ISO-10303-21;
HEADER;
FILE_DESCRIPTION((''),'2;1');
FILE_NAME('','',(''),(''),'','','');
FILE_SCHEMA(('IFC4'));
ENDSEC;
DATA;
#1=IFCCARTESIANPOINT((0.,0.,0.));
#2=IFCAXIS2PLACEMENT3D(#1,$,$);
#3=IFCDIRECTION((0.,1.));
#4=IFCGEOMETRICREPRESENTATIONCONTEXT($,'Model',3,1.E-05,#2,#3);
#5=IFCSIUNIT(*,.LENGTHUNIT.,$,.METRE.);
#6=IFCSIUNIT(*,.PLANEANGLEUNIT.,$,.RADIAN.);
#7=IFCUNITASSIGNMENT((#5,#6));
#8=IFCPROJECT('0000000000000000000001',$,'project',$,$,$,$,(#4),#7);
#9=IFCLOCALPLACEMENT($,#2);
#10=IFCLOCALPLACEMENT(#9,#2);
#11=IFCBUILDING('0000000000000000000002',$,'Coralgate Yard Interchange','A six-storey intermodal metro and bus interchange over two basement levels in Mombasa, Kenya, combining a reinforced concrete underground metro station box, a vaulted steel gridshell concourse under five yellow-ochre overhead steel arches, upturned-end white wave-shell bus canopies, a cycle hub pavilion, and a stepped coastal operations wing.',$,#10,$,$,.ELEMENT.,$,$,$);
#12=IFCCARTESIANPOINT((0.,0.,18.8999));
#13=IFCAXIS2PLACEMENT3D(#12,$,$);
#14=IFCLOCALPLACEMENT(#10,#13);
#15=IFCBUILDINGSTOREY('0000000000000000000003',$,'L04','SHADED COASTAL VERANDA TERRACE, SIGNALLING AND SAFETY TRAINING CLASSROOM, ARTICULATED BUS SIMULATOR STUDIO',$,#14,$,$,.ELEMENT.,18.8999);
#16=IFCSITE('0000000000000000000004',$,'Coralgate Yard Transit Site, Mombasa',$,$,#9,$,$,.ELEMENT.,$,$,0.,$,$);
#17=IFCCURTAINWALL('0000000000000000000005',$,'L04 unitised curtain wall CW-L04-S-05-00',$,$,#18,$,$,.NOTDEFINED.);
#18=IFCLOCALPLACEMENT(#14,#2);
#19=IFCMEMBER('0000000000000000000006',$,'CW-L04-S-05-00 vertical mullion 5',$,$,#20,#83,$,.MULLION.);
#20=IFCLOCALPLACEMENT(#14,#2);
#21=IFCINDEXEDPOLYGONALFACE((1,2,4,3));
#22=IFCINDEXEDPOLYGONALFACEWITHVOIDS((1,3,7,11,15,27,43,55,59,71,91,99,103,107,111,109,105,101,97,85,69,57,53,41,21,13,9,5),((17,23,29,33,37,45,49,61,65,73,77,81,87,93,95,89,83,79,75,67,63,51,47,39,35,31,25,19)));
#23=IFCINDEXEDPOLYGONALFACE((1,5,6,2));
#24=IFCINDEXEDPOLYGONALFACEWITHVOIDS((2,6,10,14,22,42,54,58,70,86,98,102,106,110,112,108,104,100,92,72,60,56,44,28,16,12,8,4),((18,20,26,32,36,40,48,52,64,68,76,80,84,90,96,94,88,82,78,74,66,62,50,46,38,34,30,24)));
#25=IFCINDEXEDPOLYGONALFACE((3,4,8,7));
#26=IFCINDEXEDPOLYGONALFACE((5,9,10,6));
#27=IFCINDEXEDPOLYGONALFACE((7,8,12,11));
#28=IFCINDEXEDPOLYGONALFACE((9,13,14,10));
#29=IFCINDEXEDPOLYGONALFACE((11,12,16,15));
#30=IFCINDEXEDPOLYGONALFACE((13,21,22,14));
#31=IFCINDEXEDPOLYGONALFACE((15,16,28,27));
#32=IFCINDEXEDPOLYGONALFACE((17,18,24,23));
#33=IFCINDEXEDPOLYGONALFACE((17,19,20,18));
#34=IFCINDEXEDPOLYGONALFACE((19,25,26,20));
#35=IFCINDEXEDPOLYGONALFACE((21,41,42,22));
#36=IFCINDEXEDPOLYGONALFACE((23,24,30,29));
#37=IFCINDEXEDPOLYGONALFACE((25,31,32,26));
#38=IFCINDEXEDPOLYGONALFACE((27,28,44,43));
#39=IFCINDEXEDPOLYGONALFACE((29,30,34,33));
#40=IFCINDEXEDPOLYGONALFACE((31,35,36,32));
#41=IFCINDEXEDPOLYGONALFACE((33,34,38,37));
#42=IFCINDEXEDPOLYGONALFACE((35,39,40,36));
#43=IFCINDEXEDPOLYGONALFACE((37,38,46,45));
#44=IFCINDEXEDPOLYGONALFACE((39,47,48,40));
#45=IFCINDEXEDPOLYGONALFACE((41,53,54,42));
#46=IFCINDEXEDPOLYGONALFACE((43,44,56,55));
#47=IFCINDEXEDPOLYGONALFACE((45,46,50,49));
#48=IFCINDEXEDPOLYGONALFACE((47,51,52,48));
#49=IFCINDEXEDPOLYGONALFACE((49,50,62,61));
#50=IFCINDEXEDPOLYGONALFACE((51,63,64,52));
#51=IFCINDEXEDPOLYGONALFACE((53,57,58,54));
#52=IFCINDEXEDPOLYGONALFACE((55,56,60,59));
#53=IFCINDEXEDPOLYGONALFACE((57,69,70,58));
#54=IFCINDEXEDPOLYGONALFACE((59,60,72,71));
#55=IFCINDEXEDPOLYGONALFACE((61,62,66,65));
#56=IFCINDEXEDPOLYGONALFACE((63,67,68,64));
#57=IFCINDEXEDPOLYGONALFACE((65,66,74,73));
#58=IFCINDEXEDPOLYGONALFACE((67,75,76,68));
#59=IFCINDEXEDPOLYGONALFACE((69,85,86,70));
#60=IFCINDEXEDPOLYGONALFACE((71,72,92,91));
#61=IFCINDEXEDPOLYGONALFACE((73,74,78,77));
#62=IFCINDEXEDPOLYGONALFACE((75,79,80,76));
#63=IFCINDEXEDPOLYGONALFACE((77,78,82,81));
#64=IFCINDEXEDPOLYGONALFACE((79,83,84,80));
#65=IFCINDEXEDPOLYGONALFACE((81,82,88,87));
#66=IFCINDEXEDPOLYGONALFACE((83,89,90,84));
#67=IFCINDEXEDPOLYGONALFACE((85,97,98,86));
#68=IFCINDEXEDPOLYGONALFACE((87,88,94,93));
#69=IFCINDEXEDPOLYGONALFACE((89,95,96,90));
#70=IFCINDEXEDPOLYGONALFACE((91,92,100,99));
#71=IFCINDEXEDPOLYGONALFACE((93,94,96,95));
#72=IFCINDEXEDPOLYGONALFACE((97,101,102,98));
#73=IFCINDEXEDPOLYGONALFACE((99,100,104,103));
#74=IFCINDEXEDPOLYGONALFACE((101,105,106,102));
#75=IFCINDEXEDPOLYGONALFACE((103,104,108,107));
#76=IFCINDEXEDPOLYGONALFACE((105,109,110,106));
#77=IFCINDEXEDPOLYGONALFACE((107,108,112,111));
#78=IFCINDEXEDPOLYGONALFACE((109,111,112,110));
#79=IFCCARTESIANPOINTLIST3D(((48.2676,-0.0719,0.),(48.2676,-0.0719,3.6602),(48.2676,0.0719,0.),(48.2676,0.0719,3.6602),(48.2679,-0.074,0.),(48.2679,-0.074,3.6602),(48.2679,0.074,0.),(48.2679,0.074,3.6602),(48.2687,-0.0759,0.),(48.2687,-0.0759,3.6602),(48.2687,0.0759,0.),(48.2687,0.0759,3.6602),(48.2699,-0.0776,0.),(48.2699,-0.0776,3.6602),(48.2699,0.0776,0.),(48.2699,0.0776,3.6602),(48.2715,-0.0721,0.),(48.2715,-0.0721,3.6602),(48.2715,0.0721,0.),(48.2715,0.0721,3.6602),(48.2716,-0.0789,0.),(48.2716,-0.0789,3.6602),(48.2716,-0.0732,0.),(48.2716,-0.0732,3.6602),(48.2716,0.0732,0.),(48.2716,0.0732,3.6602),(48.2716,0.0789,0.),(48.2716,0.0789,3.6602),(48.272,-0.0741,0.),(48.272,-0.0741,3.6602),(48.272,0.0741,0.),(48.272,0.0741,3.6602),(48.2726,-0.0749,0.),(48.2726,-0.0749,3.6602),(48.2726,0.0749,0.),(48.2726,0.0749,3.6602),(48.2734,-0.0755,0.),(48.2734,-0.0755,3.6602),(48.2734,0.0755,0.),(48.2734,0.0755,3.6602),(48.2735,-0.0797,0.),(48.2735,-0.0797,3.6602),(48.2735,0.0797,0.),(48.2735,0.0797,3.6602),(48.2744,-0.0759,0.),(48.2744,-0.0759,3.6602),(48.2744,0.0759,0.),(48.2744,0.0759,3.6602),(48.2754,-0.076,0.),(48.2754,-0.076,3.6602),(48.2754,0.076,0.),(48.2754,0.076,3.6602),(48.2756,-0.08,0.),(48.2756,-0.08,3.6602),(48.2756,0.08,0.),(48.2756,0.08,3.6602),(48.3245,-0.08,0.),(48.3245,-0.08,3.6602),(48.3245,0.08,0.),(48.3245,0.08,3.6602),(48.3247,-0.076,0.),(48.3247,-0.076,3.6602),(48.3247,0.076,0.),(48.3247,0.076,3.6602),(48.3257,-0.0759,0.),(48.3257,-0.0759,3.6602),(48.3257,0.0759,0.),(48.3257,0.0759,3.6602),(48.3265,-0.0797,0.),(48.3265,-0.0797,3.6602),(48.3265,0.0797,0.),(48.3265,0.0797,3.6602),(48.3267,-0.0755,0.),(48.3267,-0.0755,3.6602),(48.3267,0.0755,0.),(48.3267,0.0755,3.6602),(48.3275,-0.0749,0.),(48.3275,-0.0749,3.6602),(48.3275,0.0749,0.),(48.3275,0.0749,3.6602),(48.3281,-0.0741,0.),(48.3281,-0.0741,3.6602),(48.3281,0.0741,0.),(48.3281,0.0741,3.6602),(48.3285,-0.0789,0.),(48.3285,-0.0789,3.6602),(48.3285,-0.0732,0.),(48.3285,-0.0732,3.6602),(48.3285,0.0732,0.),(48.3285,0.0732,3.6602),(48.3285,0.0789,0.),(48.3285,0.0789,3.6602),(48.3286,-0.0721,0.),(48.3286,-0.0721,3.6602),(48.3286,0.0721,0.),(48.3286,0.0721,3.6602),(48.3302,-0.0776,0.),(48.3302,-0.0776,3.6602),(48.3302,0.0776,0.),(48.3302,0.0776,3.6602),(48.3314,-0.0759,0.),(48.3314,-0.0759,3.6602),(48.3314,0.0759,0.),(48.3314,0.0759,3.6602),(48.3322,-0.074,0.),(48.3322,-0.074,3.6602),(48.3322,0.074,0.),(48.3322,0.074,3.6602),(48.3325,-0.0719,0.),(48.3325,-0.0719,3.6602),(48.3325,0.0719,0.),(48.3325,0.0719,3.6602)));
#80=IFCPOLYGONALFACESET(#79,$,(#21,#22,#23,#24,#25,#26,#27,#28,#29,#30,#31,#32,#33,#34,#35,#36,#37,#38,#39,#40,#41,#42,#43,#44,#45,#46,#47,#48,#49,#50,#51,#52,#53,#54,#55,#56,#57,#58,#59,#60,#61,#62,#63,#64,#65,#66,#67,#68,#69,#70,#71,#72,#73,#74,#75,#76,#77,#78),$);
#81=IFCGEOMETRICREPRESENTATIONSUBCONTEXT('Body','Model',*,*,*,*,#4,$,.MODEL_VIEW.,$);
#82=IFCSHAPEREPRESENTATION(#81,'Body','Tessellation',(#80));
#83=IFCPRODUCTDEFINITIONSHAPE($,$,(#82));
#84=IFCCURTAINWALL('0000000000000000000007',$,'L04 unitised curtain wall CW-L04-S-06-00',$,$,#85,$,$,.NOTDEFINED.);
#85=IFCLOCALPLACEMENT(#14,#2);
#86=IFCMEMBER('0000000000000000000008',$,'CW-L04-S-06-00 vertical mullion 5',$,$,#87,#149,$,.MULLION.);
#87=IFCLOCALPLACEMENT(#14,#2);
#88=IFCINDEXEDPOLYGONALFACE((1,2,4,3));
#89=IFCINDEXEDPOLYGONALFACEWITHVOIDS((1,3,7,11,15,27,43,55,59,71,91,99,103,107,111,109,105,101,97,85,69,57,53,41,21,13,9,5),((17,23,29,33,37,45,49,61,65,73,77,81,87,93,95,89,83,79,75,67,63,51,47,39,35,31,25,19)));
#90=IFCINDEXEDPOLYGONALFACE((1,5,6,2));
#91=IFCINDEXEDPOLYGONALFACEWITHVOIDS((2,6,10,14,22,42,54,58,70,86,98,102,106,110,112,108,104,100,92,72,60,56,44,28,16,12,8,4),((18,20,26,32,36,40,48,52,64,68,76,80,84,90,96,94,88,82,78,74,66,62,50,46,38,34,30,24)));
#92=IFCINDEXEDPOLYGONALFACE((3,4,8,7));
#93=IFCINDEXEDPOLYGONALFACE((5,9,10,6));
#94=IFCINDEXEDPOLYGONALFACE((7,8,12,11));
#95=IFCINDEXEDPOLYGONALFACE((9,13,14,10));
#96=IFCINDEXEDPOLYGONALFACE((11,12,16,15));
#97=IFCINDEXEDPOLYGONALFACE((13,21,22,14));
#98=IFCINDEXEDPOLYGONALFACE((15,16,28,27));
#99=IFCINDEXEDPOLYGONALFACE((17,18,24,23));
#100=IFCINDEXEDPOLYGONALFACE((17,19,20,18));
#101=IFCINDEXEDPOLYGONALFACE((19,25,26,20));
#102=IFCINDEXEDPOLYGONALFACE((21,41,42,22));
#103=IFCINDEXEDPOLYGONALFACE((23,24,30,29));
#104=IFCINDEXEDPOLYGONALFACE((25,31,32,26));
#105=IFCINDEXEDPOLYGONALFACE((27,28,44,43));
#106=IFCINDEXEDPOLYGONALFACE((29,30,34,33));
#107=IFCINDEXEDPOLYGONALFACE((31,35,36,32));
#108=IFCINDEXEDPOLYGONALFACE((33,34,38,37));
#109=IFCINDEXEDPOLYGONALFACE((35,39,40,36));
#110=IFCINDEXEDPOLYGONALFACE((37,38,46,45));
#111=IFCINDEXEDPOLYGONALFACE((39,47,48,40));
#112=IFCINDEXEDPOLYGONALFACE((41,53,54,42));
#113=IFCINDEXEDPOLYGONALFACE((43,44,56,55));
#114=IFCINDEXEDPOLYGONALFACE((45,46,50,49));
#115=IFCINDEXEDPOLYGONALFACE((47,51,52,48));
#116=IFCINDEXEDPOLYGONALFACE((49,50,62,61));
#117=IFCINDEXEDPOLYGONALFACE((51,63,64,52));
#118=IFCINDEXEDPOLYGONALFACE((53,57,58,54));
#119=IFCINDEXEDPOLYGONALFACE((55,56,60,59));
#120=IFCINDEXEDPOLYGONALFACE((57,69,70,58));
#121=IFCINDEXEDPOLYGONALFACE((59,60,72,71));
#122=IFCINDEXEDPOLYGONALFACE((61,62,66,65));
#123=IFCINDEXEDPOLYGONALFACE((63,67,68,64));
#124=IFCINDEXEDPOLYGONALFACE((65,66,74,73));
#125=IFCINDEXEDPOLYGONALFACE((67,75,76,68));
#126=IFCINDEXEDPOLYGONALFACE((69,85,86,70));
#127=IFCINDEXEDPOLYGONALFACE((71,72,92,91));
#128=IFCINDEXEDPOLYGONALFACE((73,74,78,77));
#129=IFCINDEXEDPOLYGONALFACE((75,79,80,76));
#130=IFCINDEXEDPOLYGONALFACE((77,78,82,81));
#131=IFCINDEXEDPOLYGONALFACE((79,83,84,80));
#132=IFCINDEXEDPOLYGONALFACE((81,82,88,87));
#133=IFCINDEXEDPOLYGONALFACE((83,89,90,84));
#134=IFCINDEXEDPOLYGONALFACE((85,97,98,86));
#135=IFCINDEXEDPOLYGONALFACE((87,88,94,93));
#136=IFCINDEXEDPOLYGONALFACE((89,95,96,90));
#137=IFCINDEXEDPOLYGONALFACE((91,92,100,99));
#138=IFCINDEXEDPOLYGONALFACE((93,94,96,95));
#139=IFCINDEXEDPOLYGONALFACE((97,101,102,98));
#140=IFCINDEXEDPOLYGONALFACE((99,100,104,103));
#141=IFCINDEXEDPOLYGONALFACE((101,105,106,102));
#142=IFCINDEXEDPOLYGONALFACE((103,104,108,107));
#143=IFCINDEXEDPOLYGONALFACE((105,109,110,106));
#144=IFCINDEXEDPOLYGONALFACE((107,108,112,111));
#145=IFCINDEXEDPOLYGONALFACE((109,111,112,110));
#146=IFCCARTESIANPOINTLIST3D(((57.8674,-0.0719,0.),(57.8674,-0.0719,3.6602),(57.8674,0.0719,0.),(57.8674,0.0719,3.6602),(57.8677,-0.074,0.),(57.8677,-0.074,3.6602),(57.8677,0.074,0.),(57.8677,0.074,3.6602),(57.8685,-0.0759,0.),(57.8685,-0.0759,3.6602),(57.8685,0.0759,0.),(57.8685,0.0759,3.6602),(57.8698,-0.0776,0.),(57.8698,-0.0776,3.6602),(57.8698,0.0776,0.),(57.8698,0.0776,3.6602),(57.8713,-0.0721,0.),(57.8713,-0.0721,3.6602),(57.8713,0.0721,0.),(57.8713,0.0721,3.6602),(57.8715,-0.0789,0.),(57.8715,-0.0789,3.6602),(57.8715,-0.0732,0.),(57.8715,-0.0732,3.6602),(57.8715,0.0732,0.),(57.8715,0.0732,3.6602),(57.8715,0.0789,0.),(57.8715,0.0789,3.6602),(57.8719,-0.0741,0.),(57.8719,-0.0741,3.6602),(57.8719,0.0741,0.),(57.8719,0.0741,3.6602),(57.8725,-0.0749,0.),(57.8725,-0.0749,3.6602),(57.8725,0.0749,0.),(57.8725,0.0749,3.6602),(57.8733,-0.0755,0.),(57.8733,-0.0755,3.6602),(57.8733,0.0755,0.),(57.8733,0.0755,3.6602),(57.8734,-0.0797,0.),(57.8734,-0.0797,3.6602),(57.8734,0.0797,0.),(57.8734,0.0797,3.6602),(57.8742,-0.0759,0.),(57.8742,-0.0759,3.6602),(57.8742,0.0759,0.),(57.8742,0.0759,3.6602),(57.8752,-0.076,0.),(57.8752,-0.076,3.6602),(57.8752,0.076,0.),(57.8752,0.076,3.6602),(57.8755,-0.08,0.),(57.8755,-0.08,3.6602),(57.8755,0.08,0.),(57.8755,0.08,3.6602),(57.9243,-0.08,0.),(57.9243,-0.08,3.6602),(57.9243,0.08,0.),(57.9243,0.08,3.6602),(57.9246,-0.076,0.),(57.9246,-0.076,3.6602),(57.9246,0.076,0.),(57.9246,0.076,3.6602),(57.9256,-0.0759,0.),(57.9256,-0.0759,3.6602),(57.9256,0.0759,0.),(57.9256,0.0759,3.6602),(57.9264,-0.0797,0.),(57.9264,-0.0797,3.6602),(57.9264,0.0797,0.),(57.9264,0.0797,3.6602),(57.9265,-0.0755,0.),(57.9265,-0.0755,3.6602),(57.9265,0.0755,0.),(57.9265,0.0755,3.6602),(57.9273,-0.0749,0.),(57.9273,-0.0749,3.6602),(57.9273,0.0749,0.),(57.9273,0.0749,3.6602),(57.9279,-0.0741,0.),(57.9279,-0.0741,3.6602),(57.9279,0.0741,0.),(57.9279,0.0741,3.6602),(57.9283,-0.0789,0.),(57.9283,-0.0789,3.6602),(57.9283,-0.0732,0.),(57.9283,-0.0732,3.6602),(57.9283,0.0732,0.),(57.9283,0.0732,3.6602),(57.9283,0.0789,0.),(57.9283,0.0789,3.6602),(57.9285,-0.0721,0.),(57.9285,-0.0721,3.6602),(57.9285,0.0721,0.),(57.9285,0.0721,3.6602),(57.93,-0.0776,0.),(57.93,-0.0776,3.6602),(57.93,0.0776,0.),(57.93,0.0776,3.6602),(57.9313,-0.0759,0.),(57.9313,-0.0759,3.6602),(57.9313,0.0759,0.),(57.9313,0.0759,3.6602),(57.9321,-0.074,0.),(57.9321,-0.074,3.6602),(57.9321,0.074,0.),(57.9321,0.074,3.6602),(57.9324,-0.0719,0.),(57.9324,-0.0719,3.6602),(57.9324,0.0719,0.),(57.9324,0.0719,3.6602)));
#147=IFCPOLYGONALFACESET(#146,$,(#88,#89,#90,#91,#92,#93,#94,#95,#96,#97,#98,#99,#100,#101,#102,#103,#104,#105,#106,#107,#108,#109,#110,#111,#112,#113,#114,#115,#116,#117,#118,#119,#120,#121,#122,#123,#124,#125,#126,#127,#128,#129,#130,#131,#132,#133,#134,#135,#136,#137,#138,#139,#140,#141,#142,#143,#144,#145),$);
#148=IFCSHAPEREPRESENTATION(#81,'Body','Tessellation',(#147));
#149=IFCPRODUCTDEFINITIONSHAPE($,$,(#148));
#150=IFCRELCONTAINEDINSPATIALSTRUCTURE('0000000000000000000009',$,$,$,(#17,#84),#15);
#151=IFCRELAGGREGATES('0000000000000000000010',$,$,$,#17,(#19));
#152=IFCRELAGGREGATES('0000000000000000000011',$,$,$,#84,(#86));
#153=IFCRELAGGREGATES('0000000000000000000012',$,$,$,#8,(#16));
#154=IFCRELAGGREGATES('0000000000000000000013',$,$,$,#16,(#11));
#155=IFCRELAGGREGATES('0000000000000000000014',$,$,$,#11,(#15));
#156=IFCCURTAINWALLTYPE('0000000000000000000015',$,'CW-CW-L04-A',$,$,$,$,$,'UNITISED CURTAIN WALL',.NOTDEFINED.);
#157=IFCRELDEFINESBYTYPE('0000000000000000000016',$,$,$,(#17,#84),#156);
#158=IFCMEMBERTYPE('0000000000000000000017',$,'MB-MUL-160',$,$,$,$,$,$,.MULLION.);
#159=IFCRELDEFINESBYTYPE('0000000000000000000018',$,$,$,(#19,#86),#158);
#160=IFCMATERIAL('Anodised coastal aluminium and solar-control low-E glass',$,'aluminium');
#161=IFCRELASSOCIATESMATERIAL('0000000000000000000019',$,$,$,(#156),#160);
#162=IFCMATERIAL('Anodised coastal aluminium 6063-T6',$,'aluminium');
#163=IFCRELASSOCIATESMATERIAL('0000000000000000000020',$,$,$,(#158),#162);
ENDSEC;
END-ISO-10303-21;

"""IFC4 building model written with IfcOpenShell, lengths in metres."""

from ifc_helpers import new_model, si_unit, direction, frame, origin, origin_2d, place, context, subcontext, project, spatial, hollow_rectangle, extrude, material, material_profile, profile_set, type_object, element, aggregate, save


model = new_model("IFC4")

# Units and contexts
model_context = context("Model", 3, precision=1e-05, world=origin(), true_north=direction((0.0, 1.0)))
body_context = subcontext(model_context, "Body", "Model", "MODEL_VIEW")
ifc_project = project(units=[si_unit("LENGTHUNIT", "METRE"), si_unit("PLANEANGLEUNIT", "RADIAN")], contexts=[model_context])

# Site, building, storey
site_placement = place(None, origin())
site = spatial("IfcSite", under=ifc_project, at=site_placement, Name="Coralgate Yard Transit Site, Mombasa", CompositionType="ELEMENT", RefElevation=0.0)
building_placement = place(site_placement, origin())
building = spatial("IfcBuilding", under=site, at=building_placement, Name="Coralgate Yard Interchange", Description="A six-storey intermodal metro and bus interchange over two basement levels in Mombasa, Kenya, combining a reinforced concrete underground metro station box, a vaulted steel gridshell concourse under five yellow-ochre overhead steel arches, upturned-end white wave-shell bus canopies, a cycle hub pavilion, and a stepped coastal operations wing.", CompositionType="ELEMENT")
storey_placement = place(building_placement, frame((0.0, 0.0, 18.8999)))
storey = spatial("IfcBuildingStorey", under=building, at=storey_placement, Name="L04", Description="SHADED COASTAL VERANDA TERRACE, SIGNALLING AND SAFETY TRAINING CLASSROOM, ARTICULATED BUS SIMULATOR STUDIO", CompositionType="ELEMENT", Elevation=18.8999)

# Curtain wall, member
ifc_material_1 = material(Name="Anodised coastal aluminium and solar-control low-E glass", Category="aluminium")
curtain_wall_type = type_object("IfcCurtainWallType", Name="CW-CW-L04-A", ElementType="UNITISED CURTAIN WALL", PredefinedType="NOTDEFINED", material=ifc_material_1)
curtain_wall_1_placement = place(storey_placement, origin())
curtain_wall_1 = element("IfcCurtainWall", 1, at=curtain_wall_1_placement, inside=storey, type_object=curtain_wall_type, Name="L04 unitised curtain wall CW-L04-S-05-00", PredefinedType="NOTDEFINED")
ifc_material_2 = material(Name="Anodised coastal aluminium 6063-T6", Category="aluminium")
ifc_material_profile_1 = material_profile(ifc_material_2, hollow_rectangle(XDim=0.0649, YDim=0.1599, WallThickness=0.0039, InnerFilletRadius=0.0039, OuterFilletRadius=0.0081, at=origin_2d()), Name="ALU 65x160x4")
ifc_profile_set_1 = profile_set([ifc_material_profile_1], Name="Anodised coastal aluminium 6063-T6")
member_type_1 = type_object("IfcMemberType", Name="MB-MUL-160", PredefinedType="MULLION", material=ifc_profile_set_1)
member_1_placement = place(storey_placement, frame((48.3, 0.0, 0.0), z_axis=(0.0, 0.0, 1.0), x_axis=(1.0, 0.0, 0.0)))
member_1 = element("IfcMember", 2, at=member_1_placement, type_object=member_type_1, Name="CW-L04-S-05-00 vertical mullion 5", PredefinedType="MULLION", context=body_context, shape_type="SweptSolid", body=[
    extrude(hollow_rectangle(XDim=0.0649, YDim=0.1599, WallThickness=0.0039, InnerFilletRadius=0.0039, OuterFilletRadius=0.0081, at=origin_2d()), origin(), (0.0, 0.0, 1.0), 3.6602),
])

# Curtain wall, member
curtain_wall_2_placement = place(storey_placement, origin())
curtain_wall_2 = element("IfcCurtainWall", 3, at=curtain_wall_2_placement, inside=storey, type_object=curtain_wall_type, Name="L04 unitised curtain wall CW-L04-S-06-00", PredefinedType="NOTDEFINED")
member_2_placement = place(storey_placement, frame((57.8999, 0.0, 0.0), z_axis=(0.0, 0.0, 1.0), x_axis=(1.0, 0.0, 0.0)))
member_2 = element("IfcMember", 4, at=member_2_placement, type_object=member_type_1, Name="CW-L04-S-06-00 vertical mullion 5", PredefinedType="MULLION", context=body_context, shape_type="SweptSolid", body=[
    extrude(hollow_rectangle(XDim=0.0649, YDim=0.1599, WallThickness=0.0039, InnerFilletRadius=0.0039, OuterFilletRadius=0.0081, at=origin_2d()), origin(), (0.0, 0.0, 1.0), 3.6602),
])

aggregate(curtain_wall_1, [member_1])
aggregate(curtain_wall_2, [member_2])

save(model, "model.ifc")
